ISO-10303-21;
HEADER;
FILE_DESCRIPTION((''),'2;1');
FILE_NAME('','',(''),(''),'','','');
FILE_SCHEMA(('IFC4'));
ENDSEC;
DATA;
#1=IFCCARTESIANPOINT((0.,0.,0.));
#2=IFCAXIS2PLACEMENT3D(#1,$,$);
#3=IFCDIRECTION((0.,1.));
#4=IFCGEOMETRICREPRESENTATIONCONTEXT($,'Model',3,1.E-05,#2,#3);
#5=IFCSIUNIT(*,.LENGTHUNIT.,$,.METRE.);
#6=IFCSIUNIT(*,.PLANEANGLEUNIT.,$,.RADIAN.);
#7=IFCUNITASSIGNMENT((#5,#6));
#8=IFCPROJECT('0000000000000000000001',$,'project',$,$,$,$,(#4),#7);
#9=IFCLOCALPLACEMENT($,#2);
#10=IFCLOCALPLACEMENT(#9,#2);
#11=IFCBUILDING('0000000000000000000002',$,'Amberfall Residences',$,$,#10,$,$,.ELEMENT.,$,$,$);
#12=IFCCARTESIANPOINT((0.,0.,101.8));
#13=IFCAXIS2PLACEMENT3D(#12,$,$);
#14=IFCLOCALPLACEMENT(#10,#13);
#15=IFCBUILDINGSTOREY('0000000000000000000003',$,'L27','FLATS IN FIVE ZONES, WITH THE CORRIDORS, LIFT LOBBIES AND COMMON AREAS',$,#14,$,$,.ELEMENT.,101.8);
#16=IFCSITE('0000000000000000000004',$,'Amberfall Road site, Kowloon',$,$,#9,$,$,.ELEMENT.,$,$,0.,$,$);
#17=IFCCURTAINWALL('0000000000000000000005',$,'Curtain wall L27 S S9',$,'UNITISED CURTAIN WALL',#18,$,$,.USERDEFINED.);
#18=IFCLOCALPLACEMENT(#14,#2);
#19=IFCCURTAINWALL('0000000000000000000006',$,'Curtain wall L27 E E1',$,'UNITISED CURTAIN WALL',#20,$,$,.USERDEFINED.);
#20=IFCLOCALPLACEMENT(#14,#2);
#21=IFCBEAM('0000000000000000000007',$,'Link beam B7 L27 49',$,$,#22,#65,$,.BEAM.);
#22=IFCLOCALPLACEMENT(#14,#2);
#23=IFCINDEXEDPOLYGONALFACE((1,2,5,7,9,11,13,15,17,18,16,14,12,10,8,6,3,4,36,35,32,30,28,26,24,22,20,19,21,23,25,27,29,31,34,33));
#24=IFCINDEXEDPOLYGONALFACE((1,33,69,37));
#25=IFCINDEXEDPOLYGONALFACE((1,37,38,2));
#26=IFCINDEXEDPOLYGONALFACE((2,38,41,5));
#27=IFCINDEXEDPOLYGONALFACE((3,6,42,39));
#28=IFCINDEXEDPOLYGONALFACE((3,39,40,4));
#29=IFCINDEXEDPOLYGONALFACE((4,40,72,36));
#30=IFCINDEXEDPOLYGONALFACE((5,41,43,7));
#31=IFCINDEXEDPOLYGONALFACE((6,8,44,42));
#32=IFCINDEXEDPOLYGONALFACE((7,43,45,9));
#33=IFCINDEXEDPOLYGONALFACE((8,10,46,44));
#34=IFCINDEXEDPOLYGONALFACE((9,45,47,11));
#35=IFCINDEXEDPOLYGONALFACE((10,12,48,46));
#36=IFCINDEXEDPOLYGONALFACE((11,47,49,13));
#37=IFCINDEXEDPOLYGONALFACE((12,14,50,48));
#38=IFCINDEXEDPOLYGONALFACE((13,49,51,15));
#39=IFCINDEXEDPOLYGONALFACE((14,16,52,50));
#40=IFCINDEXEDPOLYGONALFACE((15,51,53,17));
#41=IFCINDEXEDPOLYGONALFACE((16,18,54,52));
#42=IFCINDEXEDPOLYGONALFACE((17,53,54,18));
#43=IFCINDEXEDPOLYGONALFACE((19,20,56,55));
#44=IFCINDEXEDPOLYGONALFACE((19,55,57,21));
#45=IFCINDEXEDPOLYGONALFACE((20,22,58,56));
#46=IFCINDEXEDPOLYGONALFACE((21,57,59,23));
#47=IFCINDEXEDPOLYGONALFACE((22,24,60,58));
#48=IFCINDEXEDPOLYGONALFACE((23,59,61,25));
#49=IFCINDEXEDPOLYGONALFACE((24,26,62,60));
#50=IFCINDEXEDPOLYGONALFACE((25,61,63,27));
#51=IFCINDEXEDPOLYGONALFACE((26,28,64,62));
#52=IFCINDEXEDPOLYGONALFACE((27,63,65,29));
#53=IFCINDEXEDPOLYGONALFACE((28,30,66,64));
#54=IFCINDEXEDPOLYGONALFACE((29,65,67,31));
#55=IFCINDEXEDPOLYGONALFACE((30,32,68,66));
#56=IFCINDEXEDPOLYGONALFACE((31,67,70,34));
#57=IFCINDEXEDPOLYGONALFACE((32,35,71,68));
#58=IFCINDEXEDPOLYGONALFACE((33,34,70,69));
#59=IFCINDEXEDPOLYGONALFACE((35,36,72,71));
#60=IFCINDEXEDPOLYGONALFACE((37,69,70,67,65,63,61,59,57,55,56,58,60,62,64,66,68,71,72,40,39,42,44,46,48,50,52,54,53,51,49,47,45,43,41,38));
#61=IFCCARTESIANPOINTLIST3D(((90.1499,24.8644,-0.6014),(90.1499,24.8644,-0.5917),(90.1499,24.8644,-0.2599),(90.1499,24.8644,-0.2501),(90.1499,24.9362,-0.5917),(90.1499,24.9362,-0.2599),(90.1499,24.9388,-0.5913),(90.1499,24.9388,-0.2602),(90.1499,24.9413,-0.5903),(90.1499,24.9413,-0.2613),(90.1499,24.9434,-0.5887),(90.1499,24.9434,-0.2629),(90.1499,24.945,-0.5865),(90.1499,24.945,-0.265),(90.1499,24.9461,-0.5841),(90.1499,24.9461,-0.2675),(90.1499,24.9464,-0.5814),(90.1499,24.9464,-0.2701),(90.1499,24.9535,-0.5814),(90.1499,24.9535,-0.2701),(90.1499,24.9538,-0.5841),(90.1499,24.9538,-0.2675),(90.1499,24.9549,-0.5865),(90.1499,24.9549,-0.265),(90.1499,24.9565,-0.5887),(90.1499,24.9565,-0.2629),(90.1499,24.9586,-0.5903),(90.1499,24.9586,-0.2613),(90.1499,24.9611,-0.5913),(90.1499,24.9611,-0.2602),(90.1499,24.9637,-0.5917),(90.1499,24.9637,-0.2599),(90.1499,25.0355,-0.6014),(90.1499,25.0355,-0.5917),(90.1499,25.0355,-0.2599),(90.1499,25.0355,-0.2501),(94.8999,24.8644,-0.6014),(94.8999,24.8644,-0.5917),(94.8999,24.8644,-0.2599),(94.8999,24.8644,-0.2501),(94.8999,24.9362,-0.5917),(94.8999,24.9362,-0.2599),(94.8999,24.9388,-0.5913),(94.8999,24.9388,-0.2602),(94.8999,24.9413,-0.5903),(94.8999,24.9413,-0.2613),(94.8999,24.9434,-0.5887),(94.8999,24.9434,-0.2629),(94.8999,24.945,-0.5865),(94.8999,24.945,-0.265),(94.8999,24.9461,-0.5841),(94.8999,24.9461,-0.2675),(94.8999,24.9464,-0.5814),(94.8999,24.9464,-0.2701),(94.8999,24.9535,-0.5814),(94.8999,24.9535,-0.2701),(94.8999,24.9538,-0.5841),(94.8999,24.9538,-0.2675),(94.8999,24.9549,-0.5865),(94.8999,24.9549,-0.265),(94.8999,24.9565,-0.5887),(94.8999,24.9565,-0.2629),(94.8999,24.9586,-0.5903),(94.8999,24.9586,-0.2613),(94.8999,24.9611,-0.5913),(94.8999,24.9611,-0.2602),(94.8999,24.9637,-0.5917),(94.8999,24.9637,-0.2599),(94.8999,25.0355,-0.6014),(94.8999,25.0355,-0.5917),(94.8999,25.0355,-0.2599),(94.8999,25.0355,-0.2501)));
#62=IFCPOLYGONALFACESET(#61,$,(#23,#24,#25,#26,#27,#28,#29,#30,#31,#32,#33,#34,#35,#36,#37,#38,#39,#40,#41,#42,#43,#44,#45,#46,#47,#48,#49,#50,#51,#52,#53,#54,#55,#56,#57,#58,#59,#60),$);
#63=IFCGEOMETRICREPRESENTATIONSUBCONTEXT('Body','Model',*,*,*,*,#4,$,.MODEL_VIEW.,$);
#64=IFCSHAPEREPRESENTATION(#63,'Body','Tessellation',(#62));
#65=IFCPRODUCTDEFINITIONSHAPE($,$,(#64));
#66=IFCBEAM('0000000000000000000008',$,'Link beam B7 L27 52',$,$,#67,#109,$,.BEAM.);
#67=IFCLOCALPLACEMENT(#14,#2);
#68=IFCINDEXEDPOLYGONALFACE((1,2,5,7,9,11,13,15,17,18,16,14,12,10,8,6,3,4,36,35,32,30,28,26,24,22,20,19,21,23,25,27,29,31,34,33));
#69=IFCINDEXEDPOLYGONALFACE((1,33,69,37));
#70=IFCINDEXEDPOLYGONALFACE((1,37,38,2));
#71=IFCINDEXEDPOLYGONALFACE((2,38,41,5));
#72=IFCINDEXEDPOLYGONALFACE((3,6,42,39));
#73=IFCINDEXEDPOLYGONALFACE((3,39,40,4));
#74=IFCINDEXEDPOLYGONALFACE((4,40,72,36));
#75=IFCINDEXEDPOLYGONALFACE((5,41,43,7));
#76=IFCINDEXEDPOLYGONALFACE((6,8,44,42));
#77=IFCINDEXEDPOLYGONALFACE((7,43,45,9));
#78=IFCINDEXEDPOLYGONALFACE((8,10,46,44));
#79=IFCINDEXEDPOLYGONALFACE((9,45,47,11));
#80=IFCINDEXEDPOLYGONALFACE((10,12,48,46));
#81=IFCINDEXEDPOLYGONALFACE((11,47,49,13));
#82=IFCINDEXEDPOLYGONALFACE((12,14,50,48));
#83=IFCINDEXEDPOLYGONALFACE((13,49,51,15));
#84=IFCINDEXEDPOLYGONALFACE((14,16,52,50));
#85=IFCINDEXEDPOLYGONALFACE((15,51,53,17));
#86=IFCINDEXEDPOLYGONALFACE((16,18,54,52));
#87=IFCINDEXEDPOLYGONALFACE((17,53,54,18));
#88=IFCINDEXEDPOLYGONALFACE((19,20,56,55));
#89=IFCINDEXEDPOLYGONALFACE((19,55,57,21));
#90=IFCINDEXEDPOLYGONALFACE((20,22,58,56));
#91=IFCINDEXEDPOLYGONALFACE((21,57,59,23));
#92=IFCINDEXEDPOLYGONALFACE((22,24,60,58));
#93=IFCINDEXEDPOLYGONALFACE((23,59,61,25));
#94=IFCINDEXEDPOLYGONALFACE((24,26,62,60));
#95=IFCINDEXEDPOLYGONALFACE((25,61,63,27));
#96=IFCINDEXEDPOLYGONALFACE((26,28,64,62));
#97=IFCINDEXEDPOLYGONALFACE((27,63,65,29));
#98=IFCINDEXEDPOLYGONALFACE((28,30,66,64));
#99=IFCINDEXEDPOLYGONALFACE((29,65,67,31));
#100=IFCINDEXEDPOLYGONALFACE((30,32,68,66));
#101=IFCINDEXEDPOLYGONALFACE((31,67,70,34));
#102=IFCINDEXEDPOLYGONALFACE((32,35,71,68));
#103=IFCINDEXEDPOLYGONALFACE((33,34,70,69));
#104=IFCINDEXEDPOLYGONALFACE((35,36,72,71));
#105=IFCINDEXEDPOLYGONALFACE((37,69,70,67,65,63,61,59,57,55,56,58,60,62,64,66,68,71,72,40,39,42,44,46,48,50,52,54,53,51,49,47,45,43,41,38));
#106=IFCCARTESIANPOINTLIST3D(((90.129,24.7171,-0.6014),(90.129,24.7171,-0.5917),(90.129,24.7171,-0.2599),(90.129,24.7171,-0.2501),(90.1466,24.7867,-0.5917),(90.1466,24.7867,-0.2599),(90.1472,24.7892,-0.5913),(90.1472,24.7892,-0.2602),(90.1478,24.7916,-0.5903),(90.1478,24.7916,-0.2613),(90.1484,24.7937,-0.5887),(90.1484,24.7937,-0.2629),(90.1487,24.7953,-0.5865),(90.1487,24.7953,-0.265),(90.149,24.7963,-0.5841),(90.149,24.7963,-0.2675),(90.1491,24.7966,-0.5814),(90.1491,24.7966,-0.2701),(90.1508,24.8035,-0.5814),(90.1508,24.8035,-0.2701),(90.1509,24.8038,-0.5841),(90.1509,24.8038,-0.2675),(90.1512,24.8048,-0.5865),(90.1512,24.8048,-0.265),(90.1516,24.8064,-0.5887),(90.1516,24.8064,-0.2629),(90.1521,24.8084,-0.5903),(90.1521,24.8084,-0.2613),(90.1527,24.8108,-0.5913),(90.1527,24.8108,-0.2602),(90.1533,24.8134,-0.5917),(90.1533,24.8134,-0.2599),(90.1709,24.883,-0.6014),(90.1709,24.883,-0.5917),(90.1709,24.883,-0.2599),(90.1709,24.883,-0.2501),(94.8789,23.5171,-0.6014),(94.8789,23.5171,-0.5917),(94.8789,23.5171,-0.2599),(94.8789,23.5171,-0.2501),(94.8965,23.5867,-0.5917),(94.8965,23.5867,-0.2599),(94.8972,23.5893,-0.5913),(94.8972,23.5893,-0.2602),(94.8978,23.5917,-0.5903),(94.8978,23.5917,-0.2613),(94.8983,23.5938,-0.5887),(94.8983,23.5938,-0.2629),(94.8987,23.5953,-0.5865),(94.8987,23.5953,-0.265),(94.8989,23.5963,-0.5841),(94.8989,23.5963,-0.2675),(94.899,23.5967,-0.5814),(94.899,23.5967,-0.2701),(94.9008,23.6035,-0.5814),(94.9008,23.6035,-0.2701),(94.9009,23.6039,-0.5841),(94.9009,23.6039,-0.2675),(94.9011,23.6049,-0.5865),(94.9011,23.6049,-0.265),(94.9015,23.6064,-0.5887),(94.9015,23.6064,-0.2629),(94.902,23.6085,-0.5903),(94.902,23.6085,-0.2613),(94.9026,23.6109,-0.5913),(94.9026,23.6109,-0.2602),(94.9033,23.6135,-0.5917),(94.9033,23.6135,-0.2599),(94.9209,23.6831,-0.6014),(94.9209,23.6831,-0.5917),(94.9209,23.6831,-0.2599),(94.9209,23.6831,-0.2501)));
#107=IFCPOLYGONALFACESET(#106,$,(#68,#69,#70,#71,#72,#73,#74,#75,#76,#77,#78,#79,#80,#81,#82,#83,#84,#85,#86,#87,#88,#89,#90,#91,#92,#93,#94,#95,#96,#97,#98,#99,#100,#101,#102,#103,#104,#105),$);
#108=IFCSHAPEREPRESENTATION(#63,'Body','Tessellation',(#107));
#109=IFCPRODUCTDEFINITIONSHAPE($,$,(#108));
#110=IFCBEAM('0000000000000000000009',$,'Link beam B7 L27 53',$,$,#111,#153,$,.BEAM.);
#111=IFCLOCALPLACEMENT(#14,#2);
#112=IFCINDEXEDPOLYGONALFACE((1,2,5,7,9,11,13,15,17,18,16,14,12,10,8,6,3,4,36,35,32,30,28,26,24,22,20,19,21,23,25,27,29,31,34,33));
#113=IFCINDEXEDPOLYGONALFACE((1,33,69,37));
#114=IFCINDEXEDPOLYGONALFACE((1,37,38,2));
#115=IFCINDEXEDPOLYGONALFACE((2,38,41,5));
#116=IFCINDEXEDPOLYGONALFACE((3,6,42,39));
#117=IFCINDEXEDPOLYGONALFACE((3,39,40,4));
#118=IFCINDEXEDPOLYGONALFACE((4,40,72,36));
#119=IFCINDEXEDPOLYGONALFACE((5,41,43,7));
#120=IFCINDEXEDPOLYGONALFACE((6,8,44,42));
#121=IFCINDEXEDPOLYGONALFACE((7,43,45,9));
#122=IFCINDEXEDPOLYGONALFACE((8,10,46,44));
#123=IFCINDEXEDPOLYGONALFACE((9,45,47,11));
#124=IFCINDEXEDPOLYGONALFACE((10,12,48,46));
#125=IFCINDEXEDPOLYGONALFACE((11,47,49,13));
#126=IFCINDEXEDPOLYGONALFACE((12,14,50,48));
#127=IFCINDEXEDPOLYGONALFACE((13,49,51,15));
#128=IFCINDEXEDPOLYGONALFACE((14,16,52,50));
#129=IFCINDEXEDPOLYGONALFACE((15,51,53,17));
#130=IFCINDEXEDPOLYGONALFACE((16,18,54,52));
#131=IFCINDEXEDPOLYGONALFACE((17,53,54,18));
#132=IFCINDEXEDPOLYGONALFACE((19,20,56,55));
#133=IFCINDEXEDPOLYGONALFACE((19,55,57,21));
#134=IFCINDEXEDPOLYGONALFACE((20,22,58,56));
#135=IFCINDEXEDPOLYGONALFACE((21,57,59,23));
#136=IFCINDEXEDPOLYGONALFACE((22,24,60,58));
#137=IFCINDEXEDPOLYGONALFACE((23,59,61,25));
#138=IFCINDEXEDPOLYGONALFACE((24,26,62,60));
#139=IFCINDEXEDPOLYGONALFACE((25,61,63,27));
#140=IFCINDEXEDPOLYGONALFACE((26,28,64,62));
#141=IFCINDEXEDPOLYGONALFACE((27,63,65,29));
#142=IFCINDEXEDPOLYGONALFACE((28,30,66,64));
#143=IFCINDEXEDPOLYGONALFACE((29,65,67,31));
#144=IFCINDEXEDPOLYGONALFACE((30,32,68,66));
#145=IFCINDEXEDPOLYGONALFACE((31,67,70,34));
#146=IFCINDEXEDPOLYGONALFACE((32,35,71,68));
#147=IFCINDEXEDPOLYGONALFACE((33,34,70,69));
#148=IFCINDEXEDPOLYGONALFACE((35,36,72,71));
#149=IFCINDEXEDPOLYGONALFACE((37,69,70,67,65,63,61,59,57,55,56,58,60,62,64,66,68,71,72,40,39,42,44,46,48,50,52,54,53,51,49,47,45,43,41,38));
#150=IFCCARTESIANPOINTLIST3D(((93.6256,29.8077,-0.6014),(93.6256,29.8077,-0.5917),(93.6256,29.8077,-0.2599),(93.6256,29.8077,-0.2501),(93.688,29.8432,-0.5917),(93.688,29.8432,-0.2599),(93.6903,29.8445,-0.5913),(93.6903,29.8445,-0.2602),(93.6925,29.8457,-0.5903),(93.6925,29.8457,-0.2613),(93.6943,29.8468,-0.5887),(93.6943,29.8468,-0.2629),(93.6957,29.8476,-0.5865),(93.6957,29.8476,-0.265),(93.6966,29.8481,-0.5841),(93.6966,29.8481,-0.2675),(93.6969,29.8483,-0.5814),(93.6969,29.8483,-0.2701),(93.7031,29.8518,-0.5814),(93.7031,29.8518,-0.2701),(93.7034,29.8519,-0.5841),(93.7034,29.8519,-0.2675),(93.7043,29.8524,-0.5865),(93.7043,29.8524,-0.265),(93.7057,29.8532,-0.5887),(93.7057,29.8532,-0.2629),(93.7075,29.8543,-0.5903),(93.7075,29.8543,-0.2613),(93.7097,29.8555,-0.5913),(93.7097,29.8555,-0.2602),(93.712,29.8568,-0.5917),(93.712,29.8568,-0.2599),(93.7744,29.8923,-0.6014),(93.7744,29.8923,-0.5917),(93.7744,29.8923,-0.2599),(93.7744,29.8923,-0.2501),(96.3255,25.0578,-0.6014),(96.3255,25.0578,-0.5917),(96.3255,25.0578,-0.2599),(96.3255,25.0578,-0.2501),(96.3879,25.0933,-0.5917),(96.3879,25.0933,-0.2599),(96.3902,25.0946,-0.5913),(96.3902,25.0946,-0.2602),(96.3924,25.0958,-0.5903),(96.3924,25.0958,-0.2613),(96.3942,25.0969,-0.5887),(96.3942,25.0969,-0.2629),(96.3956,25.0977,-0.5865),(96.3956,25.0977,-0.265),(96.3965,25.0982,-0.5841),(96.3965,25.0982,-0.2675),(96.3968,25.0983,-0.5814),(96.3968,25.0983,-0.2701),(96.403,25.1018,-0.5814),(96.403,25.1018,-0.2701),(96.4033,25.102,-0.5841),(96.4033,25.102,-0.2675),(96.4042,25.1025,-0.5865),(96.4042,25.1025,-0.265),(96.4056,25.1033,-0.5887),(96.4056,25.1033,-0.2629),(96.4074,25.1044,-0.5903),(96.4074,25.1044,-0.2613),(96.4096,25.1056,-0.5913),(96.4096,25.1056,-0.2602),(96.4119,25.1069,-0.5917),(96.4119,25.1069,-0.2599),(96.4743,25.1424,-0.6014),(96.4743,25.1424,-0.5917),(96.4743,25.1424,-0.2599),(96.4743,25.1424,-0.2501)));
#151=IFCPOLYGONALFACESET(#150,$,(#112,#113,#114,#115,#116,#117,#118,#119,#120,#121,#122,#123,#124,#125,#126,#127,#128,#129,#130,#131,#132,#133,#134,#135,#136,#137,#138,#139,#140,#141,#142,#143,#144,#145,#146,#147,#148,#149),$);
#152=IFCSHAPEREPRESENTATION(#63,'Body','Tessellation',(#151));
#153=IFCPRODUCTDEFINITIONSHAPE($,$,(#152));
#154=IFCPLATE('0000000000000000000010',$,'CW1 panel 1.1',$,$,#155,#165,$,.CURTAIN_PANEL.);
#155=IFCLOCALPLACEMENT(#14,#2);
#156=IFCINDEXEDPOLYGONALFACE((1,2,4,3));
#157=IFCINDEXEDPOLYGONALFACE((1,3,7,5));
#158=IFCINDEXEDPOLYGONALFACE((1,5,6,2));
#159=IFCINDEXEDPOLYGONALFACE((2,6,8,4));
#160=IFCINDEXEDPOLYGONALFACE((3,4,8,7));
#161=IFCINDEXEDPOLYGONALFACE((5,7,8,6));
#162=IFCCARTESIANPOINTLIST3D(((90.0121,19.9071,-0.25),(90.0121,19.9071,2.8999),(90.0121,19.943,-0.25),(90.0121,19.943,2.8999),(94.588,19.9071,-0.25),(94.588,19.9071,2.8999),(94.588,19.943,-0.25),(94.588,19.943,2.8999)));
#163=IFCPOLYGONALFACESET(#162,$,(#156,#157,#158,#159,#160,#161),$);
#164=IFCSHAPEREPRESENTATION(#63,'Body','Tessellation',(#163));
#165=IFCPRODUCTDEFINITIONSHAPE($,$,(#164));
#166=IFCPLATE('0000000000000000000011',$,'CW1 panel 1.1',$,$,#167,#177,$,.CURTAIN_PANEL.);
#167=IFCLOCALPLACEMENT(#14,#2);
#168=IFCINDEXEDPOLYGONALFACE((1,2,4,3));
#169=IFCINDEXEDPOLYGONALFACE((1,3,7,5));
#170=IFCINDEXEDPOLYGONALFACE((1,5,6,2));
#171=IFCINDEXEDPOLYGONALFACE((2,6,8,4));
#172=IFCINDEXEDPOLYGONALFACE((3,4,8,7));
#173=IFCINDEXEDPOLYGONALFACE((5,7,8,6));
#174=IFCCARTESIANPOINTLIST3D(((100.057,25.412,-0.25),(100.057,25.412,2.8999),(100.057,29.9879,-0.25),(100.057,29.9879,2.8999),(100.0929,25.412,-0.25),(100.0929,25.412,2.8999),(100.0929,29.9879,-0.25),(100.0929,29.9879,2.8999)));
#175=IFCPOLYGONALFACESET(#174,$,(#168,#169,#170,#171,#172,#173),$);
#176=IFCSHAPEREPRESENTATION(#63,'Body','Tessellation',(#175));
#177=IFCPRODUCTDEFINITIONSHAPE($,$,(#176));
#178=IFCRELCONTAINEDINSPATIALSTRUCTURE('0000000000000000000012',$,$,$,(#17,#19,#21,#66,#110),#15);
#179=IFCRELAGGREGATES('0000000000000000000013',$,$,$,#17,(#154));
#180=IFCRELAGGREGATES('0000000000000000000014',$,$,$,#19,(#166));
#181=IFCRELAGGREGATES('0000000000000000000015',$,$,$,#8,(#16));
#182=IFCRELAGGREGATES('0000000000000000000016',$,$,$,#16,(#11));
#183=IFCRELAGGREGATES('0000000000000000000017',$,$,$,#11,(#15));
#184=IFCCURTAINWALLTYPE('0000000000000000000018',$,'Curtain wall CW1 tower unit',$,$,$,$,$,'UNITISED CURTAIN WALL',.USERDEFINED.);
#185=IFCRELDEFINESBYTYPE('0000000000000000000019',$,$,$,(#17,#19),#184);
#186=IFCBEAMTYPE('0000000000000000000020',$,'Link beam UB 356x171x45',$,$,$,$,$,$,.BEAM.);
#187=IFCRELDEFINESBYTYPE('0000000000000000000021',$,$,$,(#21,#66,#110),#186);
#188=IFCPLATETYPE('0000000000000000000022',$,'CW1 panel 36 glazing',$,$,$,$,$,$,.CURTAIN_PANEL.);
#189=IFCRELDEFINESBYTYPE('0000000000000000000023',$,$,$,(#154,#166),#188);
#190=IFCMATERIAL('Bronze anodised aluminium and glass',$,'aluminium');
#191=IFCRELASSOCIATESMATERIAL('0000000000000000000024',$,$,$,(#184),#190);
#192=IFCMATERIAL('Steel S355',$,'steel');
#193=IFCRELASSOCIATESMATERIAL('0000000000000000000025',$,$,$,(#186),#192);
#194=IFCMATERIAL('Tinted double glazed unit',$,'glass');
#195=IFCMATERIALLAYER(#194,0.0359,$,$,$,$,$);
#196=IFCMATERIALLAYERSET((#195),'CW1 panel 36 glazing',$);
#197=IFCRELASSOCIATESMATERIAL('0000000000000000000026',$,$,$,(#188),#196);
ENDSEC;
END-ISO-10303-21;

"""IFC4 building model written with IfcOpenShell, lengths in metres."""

from ifc_helpers import new_model, si_unit, direction, frame, origin, origin_2d, place, context, subcontext, project, spatial, rectangle, i_section, extrude, material, layer, layer_set, material_profile, profile_set, type_object, element, aggregate, save


model = new_model("IFC4")

# Units and contexts
model_context = context("Model", 3, precision=1e-05, world=origin(), true_north=direction((0.0, 1.0)))
body_context = subcontext(model_context, "Body", "Model", "MODEL_VIEW")
ifc_project = project(units=[si_unit("LENGTHUNIT", "METRE"), si_unit("PLANEANGLEUNIT", "RADIAN")], contexts=[model_context])

# Site, building, storey
site_placement = place(None, origin())
site = spatial("IfcSite", under=ifc_project, at=site_placement, Name="Amberfall Road site, Kowloon", CompositionType="ELEMENT", RefElevation=0.0)
building_placement = place(site_placement, origin())
building = spatial("IfcBuilding", under=site, at=building_placement, Name="Amberfall Residences", CompositionType="ELEMENT")
storey_placement = place(building_placement, frame((0.0, 0.0, 101.8)))
storey = spatial("IfcBuildingStorey", under=building, at=storey_placement, Name="L27", Description="FLATS IN FIVE ZONES, WITH THE CORRIDORS, LIFT LOBBIES AND COMMON AREAS", CompositionType="ELEMENT", Elevation=101.8)

# Curtain walls
ifc_material_1 = material(Name="Bronze anodised aluminium and glass", Category="aluminium")
curtain_wall_type = type_object("IfcCurtainWallType", Name="Curtain wall CW1 tower unit", ElementType="UNITISED CURTAIN WALL", PredefinedType="USERDEFINED", material=ifc_material_1)
curtain_wall_1_placement = place(storey_placement, origin())
curtain_wall_1 = element("IfcCurtainWall", 1, at=curtain_wall_1_placement, inside=storey, type_object=curtain_wall_type, Name="Curtain wall L27 S S9", ObjectType="UNITISED CURTAIN WALL", PredefinedType="USERDEFINED")
curtain_wall_2_placement = place(storey_placement, origin())
curtain_wall_2 = element("IfcCurtainWall", 2, at=curtain_wall_2_placement, inside=storey, type_object=curtain_wall_type, Name="Curtain wall L27 E E1", ObjectType="UNITISED CURTAIN WALL", PredefinedType="USERDEFINED")

# Beams
ifc_material_2 = material(Name="Steel S355", Category="steel")
ifc_material_profile_1 = material_profile(ifc_material_2, i_section(OverallWidth=0.1711, OverallDepth=0.3513, WebThickness=0.0071, FlangeThickness=0.0098, FilletRadius=0.0103, at=origin_2d()), Name="UB 356x171x45")
ifc_profile_set_1 = profile_set([ifc_material_profile_1], Name="Steel S355")
beam_type_1 = type_object("IfcBeamType", Name="Link beam UB 356x171x45", PredefinedType="BEAM", material=ifc_profile_set_1)
beam_1_placement = place(storey_placement, frame((90.1499, 24.95, -0.4258), z_axis=(1.0, 0.0, 0.0), x_axis=(0.0, 1.0, 0.0)))
element("IfcBeam", 3, at=beam_1_placement, inside=storey, type_object=beam_type_1, Name="Link beam B7 L27 49", PredefinedType="BEAM", context=body_context, shape_type="SweptSolid", body=[
    extrude(i_section(OverallWidth=0.1711, OverallDepth=0.3513, WebThickness=0.0071, FlangeThickness=0.0098, FilletRadius=0.0103, at=origin_2d()), origin(), (0.0, 0.0, 1.0), 4.75),
])
beam_2_placement = place(storey_placement, frame((94.8999, 23.6001, -0.4258), z_axis=(-0.969542, 0.244927, 0.0), x_axis=(-0.244927, -0.969542, 0.0)))
element("IfcBeam", 4, at=beam_2_placement, inside=storey, type_object=beam_type_1, Name="Link beam B7 L27 52", PredefinedType="BEAM", context=body_context, shape_type="SweptSolid", body=[
    extrude(i_section(OverallWidth=0.1711, OverallDepth=0.3513, WebThickness=0.0071, FlangeThickness=0.0098, FilletRadius=0.0103, at=origin_2d()), origin(), (0.0, 0.0, 1.0), 4.8992),
])
beam_3_placement = place(storey_placement, frame((96.3999, 25.1001, -0.4258), z_axis=(-0.49416, 0.869371, 0.0), x_axis=(-0.869371, -0.49416, 0.0)))
element("IfcBeam", 5, at=beam_3_placement, inside=storey, type_object=beam_type_1, Name="Link beam B7 L27 53", PredefinedType="BEAM", context=body_context, shape_type="SweptSolid", body=[
    extrude(i_section(OverallWidth=0.1711, OverallDepth=0.3513, WebThickness=0.0071, FlangeThickness=0.0098, FilletRadius=0.0103, at=origin_2d()), origin(), (0.0, 0.0, 1.0), 5.4636),
])

# Plates
ifc_material_3 = material(Name="Tinted double glazed unit", Category="glass")
ifc_layer_1 = layer(ifc_material_3, 0.0359)
ifc_layer_set_1 = layer_set([ifc_layer_1], Name="CW1 panel 36 glazing")
plate_type = type_object("IfcPlateType", Name="CW1 panel 36 glazing", PredefinedType="CURTAIN_PANEL", material=ifc_layer_set_1)
plate_1_placement = place(storey_placement, frame((92.3, 19.925, -0.25), z_axis=(0.0, 0.0, 1.0), x_axis=(1.0, 0.0, 0.0)))
plate_1 = element("IfcPlate", 6, at=plate_1_placement, type_object=plate_type, Name="CW1 panel 1.1", PredefinedType="CURTAIN_PANEL", context=body_context, shape_type="SweptSolid", body=[
    extrude(rectangle(XDim=4.5759, YDim=0.0359, at=origin_2d()), origin(), (0.0, 0.0, 1.0), 3.1499),
])
aggregate(curtain_wall_1, [plate_1])
plate_2_placement = place(storey_placement, frame((100.075, 27.7, -0.25), z_axis=(0.0, 0.0, 1.0), x_axis=(0.0, 1.0, 0.0)))
plate_2 = element("IfcPlate", 7, at=plate_2_placement, type_object=plate_type, Name="CW1 panel 1.1", PredefinedType="CURTAIN_PANEL", context=body_context, shape_type="SweptSolid", body=[
    extrude(rectangle(XDim=4.5759, YDim=0.0359, at=origin_2d()), origin(), (0.0, 0.0, 1.0), 3.1499),
])
aggregate(curtain_wall_2, [plate_2])

save(model, "model.ifc")
